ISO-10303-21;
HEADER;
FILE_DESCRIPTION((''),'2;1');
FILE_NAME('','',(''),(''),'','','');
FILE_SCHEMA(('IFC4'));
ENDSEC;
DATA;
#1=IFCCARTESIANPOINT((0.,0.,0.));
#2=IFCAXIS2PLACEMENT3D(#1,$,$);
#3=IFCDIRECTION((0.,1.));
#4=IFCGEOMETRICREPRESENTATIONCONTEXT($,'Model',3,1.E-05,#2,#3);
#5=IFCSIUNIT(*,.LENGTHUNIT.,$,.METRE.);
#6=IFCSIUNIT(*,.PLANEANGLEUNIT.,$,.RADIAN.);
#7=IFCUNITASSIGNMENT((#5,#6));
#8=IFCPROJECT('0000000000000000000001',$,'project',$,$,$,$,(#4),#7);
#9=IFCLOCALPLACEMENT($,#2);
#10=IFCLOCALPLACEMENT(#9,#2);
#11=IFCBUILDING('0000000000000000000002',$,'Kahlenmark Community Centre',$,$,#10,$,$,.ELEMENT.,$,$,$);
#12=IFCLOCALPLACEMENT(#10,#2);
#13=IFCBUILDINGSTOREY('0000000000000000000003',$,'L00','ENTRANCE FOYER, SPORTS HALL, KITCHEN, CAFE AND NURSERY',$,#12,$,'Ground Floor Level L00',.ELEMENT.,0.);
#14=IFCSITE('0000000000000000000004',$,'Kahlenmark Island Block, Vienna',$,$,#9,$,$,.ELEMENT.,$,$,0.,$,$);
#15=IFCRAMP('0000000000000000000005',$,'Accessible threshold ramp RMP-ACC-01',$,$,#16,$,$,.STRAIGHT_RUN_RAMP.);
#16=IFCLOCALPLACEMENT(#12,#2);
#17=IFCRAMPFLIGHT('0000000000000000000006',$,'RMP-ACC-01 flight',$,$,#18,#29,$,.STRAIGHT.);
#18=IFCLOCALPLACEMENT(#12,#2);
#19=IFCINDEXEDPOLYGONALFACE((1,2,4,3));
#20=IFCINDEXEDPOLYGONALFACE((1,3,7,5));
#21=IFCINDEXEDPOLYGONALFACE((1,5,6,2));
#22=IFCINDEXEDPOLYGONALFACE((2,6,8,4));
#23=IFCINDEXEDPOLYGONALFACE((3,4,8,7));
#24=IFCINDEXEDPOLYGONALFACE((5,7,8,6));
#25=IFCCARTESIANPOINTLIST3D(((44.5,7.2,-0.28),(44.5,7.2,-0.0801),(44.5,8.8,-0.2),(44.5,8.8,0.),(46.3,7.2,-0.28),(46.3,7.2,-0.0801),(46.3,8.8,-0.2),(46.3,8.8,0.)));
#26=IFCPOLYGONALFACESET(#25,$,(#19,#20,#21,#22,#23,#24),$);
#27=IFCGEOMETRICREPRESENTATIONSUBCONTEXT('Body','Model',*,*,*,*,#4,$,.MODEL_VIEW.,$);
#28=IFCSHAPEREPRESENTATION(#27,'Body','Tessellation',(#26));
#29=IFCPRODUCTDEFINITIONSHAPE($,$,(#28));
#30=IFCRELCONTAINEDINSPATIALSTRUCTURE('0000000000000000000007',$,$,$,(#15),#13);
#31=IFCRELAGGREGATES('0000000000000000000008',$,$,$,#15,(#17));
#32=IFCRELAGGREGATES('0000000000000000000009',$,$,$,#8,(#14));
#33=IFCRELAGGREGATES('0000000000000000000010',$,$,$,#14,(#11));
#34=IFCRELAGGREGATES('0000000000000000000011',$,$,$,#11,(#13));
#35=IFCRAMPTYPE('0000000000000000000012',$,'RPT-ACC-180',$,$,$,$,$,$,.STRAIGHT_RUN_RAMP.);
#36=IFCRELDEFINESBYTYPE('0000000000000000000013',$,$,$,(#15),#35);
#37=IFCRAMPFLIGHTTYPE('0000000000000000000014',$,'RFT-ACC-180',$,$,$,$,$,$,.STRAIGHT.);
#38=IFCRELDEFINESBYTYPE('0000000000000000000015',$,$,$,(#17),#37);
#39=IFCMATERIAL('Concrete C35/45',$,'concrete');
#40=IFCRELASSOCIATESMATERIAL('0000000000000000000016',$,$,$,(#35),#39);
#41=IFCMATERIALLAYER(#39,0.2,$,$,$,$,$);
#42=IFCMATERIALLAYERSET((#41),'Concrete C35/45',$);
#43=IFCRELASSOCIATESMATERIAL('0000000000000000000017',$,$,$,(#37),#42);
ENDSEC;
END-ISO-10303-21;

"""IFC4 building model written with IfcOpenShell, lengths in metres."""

from ifc_helpers import new_model, si_unit, direction, frame, origin, place, context, subcontext, project, spatial, polyline, outline, extrude, material, layer, layer_set, type_object, element, aggregate, save


model = new_model("IFC4")

# Units and contexts
model_context = context("Model", 3, precision=1e-05, world=origin(), true_north=direction((0.0, 1.0)))
body_context = subcontext(model_context, "Body", "Model", "MODEL_VIEW")
ifc_project = project(units=[si_unit("LENGTHUNIT", "METRE"), si_unit("PLANEANGLEUNIT", "RADIAN")], contexts=[model_context])

# Site, building, storey
site_placement = place(None, origin())
site = spatial("IfcSite", under=ifc_project, at=site_placement, Name="Kahlenmark Island Block, Vienna", CompositionType="ELEMENT", RefElevation=0.0)
building_placement = place(site_placement, origin())
building = spatial("IfcBuilding", under=site, at=building_placement, Name="Kahlenmark Community Centre", CompositionType="ELEMENT")
storey_placement = place(building_placement, origin())
storey = spatial("IfcBuildingStorey", under=building, at=storey_placement, Name="L00", Description="ENTRANCE FOYER, SPORTS HALL, KITCHEN, CAFE AND NURSERY", LongName="Ground Floor Level L00", CompositionType="ELEMENT", Elevation=0.0)

# Shared definitions
ifc_material_1 = material(Name="Concrete C35/45", Category="concrete")

# Ramp, ramp flight
ramp_type = type_object("IfcRampType", Name="RPT-ACC-180", PredefinedType="STRAIGHT_RUN_RAMP", material=ifc_material_1)
ramp_placement = place(storey_placement, origin())
ramp = element("IfcRamp", 1, at=ramp_placement, inside=storey, type_object=ramp_type, Name="Accessible threshold ramp RMP-ACC-01", PredefinedType="STRAIGHT_RUN_RAMP")
ifc_layer_1 = layer(ifc_material_1, 0.2)
ifc_layer_set_1 = layer_set([ifc_layer_1], Name="Concrete C35/45")
ramp_flight_type = type_object("IfcRampFlightType", Name="RFT-ACC-180", PredefinedType="STRAIGHT", material=ifc_layer_set_1)
ramp_flight_placement = place(storey_placement, frame((45.3999, 7.2, -0.0801), z_axis=(0.0, 0.0, 1.0), x_axis=(0.0, 1.0, 0.0)))
ramp_flight = element("IfcRampFlight", 2, at=ramp_flight_placement, type_object=ramp_flight_type, Name="RMP-ACC-01 flight", PredefinedType="STRAIGHT", context=body_context, shape_type="SweptSolid", body=[
    extrude(outline(polyline([(0.0, 0.0), (1.6001, 0.0801), (1.6001, -0.1199), (0.0, -0.2), (0.0, 0.0)])), frame((0.0, 0.8999, 0.0), z_axis=(0.0, -1.0, 0.0), x_axis=(1.0, 0.0, 0.0)), (0.0, 0.0, 1.0), 1.8),
])
aggregate(ramp, [ramp_flight])

save(model, "model.ifc")
